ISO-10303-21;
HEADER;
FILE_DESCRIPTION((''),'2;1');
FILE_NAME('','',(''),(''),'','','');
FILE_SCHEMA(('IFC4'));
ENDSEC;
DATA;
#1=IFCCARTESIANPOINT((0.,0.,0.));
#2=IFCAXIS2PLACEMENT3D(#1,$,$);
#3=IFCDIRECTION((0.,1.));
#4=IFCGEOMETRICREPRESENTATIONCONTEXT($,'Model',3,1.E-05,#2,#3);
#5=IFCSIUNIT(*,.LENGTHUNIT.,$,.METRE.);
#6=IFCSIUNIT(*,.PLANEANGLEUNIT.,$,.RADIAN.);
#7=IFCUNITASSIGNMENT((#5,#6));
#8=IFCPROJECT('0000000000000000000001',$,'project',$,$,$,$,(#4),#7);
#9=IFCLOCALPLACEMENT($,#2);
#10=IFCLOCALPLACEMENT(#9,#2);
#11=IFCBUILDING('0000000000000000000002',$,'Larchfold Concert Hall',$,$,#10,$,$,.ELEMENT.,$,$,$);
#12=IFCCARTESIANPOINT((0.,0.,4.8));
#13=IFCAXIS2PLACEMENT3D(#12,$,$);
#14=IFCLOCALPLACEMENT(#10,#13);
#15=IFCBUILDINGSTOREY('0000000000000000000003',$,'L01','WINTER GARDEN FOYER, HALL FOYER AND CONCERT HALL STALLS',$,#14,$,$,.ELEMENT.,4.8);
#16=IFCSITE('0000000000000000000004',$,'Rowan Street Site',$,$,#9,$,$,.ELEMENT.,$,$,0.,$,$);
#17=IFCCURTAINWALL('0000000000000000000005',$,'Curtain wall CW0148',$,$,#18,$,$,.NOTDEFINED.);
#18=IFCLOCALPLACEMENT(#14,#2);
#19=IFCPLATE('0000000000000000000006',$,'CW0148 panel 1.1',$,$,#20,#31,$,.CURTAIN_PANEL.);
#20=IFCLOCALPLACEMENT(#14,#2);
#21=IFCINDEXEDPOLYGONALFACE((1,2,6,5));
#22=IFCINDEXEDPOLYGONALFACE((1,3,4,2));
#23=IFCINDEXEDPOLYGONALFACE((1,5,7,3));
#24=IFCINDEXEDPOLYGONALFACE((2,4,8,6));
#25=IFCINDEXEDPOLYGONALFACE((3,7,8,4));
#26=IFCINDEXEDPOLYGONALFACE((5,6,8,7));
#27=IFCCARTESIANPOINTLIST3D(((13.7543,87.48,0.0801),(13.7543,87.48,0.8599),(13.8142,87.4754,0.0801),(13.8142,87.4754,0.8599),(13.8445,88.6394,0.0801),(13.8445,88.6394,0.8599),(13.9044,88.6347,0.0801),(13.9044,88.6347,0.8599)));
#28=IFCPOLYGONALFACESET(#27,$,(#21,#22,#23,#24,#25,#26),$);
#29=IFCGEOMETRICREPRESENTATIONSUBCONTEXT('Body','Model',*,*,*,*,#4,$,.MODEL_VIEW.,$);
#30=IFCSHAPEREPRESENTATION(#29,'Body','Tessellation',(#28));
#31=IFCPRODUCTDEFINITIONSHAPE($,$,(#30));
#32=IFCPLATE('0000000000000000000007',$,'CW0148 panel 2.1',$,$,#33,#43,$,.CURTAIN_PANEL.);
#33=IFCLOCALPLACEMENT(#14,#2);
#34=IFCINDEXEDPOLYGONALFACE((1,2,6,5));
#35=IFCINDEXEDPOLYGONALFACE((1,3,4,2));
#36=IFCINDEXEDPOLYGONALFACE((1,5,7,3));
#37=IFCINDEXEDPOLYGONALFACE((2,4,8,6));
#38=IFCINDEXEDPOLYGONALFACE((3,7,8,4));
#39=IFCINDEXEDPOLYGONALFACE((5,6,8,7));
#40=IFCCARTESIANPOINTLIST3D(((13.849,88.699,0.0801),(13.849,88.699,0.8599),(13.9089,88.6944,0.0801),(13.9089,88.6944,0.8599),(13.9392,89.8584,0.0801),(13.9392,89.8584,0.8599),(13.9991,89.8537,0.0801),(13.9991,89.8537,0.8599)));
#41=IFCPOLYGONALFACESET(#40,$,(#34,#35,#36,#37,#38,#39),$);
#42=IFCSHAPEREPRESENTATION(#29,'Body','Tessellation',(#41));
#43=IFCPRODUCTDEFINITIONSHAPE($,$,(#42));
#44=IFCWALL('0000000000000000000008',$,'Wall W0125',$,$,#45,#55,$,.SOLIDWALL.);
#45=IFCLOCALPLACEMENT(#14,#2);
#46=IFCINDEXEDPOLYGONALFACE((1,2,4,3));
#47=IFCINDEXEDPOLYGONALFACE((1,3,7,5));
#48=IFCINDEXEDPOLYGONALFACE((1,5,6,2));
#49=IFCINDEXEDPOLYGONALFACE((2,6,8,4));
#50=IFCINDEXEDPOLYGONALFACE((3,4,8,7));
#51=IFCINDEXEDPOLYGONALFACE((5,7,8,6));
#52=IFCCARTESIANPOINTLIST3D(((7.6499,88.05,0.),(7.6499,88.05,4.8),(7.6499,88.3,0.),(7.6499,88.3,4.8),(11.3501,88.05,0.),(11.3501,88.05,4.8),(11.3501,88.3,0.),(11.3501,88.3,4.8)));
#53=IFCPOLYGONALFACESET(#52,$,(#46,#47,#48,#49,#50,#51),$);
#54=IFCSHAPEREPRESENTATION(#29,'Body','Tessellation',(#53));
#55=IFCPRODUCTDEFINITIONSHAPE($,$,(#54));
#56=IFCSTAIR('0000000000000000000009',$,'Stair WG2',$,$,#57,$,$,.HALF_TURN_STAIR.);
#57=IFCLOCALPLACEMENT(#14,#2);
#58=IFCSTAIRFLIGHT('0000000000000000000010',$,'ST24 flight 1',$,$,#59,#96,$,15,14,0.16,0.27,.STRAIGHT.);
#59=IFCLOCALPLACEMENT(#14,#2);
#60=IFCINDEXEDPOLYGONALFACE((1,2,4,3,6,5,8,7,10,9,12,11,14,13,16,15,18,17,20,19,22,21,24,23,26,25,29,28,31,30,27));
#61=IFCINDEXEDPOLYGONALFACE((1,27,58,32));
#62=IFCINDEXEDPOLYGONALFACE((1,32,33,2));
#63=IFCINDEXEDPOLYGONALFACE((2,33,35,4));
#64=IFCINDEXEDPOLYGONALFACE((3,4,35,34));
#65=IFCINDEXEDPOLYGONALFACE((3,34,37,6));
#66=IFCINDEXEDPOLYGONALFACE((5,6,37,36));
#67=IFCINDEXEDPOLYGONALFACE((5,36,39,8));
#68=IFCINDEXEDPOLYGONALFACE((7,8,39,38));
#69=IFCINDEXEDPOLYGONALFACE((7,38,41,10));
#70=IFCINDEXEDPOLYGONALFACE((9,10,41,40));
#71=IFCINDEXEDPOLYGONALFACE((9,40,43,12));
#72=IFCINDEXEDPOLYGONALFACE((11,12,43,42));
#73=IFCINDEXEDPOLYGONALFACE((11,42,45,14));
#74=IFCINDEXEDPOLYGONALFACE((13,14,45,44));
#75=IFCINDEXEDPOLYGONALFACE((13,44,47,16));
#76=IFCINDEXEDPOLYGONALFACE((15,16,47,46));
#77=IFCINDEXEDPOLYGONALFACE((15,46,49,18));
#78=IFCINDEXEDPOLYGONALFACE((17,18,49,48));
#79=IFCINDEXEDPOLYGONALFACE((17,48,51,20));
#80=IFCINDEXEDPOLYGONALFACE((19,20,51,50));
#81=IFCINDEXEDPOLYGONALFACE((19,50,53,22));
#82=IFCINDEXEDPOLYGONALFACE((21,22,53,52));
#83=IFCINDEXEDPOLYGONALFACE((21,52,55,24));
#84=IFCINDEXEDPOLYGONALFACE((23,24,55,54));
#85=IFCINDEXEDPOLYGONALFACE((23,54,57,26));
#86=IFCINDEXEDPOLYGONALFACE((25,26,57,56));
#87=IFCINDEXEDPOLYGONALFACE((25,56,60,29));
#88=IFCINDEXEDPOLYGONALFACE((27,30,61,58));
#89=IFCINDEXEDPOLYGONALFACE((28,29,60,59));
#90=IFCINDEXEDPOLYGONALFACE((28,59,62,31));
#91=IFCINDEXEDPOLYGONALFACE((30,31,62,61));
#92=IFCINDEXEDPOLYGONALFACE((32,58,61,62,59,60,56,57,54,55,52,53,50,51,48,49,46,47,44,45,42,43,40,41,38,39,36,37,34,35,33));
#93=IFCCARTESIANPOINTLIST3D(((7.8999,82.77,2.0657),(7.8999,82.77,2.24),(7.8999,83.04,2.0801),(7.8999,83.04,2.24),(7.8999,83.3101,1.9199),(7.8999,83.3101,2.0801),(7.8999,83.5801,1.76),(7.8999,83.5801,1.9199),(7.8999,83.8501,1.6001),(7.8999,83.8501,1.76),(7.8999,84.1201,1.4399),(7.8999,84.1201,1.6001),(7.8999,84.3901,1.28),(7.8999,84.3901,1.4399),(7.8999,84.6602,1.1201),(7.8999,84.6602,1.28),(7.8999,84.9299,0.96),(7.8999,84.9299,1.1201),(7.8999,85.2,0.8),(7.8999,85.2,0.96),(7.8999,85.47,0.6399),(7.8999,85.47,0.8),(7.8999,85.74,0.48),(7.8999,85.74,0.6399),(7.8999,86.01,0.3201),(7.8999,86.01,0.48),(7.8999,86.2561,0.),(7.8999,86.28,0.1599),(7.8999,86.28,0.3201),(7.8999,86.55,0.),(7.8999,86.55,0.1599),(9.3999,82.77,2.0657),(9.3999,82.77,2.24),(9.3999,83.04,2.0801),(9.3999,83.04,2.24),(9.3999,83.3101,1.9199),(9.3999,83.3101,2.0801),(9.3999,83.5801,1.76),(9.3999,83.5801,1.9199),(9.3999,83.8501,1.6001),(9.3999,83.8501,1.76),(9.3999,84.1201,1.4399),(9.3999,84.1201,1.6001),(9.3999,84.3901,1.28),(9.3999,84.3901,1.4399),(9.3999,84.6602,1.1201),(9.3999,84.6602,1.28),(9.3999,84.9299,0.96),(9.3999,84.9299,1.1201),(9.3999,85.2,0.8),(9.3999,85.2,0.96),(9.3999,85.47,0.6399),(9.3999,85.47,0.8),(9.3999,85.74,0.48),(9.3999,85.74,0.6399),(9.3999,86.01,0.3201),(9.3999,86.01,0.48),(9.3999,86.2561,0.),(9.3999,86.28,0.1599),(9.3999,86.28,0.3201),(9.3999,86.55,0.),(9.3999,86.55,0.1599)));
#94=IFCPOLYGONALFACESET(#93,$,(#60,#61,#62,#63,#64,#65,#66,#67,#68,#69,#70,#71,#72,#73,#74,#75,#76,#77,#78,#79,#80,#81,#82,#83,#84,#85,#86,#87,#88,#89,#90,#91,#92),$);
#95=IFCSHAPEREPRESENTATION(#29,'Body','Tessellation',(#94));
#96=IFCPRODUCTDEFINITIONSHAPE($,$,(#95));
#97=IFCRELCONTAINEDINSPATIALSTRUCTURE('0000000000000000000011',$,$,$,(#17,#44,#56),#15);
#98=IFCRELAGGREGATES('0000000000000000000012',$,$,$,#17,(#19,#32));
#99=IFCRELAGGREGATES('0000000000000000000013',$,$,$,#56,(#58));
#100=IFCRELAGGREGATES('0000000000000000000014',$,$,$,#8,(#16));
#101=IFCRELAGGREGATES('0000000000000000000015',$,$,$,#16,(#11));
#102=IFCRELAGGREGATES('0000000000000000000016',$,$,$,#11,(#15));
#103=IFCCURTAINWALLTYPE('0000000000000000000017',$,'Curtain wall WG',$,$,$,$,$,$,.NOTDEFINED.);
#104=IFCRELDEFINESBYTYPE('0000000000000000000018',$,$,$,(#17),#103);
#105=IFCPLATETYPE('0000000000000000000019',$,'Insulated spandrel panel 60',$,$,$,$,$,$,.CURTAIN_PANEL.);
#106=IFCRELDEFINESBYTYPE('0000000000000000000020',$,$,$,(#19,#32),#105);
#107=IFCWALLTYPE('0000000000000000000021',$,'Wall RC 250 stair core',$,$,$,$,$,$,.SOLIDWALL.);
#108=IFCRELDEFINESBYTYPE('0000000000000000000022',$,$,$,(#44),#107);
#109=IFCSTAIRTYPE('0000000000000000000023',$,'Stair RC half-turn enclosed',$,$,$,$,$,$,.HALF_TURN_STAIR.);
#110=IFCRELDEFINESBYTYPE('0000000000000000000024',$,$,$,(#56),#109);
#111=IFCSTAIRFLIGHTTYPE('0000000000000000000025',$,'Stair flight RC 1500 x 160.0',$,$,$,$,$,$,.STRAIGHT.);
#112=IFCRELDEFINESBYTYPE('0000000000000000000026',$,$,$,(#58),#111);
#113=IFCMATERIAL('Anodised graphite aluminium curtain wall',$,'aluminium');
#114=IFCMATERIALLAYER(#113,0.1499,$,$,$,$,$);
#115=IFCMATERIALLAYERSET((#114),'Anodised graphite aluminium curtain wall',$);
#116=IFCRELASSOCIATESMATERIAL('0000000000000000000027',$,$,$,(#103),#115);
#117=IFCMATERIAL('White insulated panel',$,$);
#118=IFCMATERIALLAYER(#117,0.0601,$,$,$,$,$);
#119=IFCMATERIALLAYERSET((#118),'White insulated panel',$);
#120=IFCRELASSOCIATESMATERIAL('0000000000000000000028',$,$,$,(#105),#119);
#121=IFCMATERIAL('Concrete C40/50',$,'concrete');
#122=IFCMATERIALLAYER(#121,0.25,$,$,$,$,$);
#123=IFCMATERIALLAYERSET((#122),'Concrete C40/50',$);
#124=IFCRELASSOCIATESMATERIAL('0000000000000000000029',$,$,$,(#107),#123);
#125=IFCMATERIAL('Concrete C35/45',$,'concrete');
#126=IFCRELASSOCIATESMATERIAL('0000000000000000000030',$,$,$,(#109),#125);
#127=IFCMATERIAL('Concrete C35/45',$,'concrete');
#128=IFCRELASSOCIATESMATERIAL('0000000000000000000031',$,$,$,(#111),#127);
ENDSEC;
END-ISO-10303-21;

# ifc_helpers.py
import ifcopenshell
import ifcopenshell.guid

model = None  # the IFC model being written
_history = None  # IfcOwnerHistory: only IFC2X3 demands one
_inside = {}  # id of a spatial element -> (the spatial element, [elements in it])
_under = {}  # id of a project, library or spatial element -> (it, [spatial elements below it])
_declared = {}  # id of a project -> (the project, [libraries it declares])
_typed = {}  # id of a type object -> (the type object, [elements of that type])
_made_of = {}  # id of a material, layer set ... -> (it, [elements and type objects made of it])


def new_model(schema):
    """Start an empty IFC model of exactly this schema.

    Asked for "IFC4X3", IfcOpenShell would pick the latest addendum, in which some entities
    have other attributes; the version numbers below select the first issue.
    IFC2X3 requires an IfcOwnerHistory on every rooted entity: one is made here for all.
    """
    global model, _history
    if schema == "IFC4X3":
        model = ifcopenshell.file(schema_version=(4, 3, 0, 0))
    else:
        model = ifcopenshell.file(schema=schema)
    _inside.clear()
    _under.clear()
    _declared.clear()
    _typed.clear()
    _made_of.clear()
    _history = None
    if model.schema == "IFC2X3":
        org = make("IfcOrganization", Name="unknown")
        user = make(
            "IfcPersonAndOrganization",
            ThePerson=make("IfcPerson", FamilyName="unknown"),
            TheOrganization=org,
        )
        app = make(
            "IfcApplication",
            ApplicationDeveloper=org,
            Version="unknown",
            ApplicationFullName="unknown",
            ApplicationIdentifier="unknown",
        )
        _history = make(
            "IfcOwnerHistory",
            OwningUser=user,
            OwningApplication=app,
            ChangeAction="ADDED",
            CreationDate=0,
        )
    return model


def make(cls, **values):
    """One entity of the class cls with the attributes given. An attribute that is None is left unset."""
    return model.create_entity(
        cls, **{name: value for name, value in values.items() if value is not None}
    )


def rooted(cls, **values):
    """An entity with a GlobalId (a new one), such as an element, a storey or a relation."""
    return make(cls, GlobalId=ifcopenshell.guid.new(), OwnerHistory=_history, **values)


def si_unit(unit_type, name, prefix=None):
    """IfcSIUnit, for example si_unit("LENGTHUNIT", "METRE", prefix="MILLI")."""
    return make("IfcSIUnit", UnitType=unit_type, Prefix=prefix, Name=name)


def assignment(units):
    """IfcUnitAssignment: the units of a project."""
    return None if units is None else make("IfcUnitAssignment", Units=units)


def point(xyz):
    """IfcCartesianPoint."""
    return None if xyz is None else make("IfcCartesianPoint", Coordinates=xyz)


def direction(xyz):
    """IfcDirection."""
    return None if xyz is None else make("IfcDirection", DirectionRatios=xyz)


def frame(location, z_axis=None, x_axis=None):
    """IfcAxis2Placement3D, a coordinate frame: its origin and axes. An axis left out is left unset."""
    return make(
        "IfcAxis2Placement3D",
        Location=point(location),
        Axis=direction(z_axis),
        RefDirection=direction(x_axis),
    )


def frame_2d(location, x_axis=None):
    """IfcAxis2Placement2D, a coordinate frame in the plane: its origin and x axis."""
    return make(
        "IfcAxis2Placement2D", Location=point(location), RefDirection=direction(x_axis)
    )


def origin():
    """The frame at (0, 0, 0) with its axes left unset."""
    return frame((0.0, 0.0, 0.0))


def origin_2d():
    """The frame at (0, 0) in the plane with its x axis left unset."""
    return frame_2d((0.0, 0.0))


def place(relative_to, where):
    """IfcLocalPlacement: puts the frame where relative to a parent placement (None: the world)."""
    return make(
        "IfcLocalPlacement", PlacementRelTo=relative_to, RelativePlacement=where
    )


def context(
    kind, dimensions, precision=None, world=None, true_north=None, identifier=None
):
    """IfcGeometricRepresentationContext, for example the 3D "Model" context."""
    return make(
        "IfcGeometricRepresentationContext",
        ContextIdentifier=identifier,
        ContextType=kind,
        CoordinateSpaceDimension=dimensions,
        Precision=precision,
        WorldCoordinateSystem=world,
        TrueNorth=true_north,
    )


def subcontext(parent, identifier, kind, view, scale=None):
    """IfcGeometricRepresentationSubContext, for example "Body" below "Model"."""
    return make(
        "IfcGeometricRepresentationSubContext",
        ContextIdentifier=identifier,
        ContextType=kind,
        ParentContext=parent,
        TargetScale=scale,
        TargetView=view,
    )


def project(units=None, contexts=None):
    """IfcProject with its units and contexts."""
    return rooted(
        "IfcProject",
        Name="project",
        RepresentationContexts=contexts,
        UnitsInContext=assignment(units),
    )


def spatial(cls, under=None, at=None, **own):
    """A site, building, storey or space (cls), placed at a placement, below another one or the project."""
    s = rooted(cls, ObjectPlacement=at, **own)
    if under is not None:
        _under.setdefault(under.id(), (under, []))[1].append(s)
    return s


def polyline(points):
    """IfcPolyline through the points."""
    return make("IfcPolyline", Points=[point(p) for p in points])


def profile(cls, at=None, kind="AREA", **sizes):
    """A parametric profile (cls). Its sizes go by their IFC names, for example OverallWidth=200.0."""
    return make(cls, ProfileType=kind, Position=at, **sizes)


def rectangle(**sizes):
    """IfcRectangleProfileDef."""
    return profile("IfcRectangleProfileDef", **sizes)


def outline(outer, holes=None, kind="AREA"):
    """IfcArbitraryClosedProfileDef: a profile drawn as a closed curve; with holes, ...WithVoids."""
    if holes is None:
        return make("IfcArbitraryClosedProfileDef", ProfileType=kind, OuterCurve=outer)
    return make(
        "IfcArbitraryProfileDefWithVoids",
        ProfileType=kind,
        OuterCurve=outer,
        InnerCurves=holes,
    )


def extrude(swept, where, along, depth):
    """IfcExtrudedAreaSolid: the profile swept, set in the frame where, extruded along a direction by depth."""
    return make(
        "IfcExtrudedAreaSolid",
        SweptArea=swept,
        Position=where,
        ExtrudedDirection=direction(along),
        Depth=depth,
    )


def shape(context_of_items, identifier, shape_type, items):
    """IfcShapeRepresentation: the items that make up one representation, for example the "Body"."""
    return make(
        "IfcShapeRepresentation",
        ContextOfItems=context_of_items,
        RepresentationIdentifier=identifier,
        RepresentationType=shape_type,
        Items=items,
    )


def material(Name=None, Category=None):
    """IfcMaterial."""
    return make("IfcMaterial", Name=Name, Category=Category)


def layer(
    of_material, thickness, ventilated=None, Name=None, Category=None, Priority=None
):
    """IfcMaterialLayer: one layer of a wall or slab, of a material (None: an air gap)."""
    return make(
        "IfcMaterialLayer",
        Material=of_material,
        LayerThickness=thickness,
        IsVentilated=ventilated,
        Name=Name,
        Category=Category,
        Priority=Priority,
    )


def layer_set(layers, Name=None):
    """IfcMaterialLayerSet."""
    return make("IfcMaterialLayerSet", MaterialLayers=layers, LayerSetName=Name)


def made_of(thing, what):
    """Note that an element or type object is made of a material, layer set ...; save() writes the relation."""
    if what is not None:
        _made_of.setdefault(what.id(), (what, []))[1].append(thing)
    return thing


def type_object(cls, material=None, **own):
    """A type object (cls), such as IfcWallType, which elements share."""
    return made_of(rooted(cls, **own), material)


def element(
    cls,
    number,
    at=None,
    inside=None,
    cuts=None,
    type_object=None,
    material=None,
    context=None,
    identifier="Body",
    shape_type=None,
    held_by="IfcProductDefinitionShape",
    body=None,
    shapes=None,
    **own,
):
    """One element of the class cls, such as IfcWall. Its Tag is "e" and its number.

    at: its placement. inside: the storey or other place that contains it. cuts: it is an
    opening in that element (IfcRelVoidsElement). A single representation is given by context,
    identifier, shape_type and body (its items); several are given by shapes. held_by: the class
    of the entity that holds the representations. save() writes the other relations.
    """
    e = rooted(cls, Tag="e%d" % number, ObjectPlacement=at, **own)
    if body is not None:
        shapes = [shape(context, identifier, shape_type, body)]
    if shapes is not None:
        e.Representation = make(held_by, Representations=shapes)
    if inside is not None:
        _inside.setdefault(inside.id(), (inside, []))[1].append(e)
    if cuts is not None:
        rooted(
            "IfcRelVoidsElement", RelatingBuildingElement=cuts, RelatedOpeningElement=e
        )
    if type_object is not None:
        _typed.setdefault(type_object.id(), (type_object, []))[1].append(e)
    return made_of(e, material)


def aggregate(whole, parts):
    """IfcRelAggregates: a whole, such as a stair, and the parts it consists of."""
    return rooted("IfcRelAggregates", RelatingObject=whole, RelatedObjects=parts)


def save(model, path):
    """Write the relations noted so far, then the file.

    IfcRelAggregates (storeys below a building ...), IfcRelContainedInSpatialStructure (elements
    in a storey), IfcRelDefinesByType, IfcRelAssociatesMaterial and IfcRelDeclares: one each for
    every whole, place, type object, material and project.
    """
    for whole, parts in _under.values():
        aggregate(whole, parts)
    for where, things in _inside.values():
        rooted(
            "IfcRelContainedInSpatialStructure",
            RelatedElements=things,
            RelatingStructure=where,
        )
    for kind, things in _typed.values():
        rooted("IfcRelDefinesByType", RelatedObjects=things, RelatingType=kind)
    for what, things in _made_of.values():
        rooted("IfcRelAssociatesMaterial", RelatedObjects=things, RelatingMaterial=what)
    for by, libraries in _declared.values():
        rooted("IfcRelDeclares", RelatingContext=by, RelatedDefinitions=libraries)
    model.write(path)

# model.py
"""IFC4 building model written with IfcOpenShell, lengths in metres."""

from ifc_helpers import new_model, si_unit, direction, frame, frame_2d, origin, origin_2d, place, context, subcontext, project, spatial, polyline, rectangle, outline, extrude, material, layer, layer_set, type_object, element, aggregate, save


model = new_model("IFC4")

# Units and contexts
model_context = context("Model", 3, precision=1e-05, world=origin(), true_north=direction((0.0, 1.0)))
body_context = subcontext(model_context, "Body", "Model", "MODEL_VIEW")
ifc_project = project(units=[si_unit("LENGTHUNIT", "METRE"), si_unit("PLANEANGLEUNIT", "RADIAN")], contexts=[model_context])

# Site, building, storey
site_placement = place(None, origin())
site = spatial("IfcSite", under=ifc_project, at=site_placement, Name="Rowan Street Site", CompositionType="ELEMENT", RefElevation=0.0)
building_placement = place(site_placement, origin())
building = spatial("IfcBuilding", under=site, at=building_placement, Name="Larchfold Concert Hall", CompositionType="ELEMENT")
storey_placement = place(building_placement, frame((0.0, 0.0, 4.8)))
storey = spatial("IfcBuildingStorey", under=building, at=storey_placement, Name="L01", Description="WINTER GARDEN FOYER, HALL FOYER AND CONCERT HALL STALLS", CompositionType="ELEMENT", Elevation=4.8)

# Shared definitions
ifc_material_1 = material(Name="Anodised graphite aluminium curtain wall", Category="aluminium")
ifc_layer_1 = layer(ifc_material_1, 0.1499)
ifc_layer_set_1 = layer_set([ifc_layer_1], Name="Anodised graphite aluminium curtain wall")
curtain_wall_type = type_object("IfcCurtainWallType", Name="Curtain wall WG", PredefinedType="NOTDEFINED", material=ifc_layer_set_1)

# Curtain wall
curtain_wall_1_placement = place(storey_placement, origin())
curtain_wall_1 = element("IfcCurtainWall", 1, at=curtain_wall_1_placement, inside=storey, type_object=curtain_wall_type, Name="Curtain wall CW0148", PredefinedType="NOTDEFINED")

# Plates
ifc_material_2 = material(Name="White insulated panel")
ifc_layer_2 = layer(ifc_material_2, 0.0601)
ifc_layer_set_2 = layer_set([ifc_layer_2], Name="White insulated panel")
plate_type_1 = type_object("IfcPlateType", Name="Insulated spandrel panel 60", PredefinedType="CURTAIN_PANEL", material=ifc_layer_set_2)
plate_1_placement = place(storey_placement, frame((13.8293, 88.0574, 0.0801), z_axis=(0.0, 0.0, 1.0), x_axis=(0.077553, 0.996988, 0.0)))
plate_1 = element("IfcPlate", 2, at=plate_1_placement, type_object=plate_type_1, Name="CW0148 panel 1.1", PredefinedType="CURTAIN_PANEL", context=body_context, shape_type="SweptSolid", body=[
    extrude(rectangle(XDim=1.1628, YDim=0.0601, at=origin_2d()), origin(), (0.0, 0.0, 1.0), 0.7798),
])
plate_2_placement = place(storey_placement, frame((13.9241, 89.2764, 0.0801), z_axis=(0.0, 0.0, 1.0), x_axis=(0.077553, 0.996988, 0.0)))
plate_2 = element("IfcPlate", 3, at=plate_2_placement, type_object=plate_type_1, Name="CW0148 panel 2.1", PredefinedType="CURTAIN_PANEL", context=body_context, shape_type="SweptSolid", body=[
    extrude(rectangle(XDim=1.1628, YDim=0.0601, at=origin_2d()), origin(), (0.0, 0.0, 1.0), 0.7798),
])
aggregate(curtain_wall_1, [plate_1, plate_2])

# Wall
ifc_material_3 = material(Name="Concrete C40/50", Category="concrete")
ifc_layer_3 = layer(ifc_material_3, 0.25)
ifc_layer_set_3 = layer_set([ifc_layer_3], Name="Concrete C40/50")
wall_type = type_object("IfcWallType", Name="Wall RC 250 stair core", PredefinedType="SOLIDWALL", material=ifc_layer_set_3)
wall_placement = place(storey_placement, frame((7.6499, 88.175, 0.0), z_axis=(0.0, 0.0, 1.0), x_axis=(1.0, 0.0, 0.0)))
element("IfcWall", 4, at=wall_placement, inside=storey, type_object=wall_type, Name="Wall W0125", PredefinedType="SOLIDWALL", context=body_context, shape_type="SweptSolid", body=[
    extrude(rectangle(XDim=3.7002, YDim=0.25, at=frame_2d((1.8501, 0.0))), origin(), (0.0, 0.0, 1.0), 4.8),
])

# Stair, stair flight
ifc_material_4 = material(Name="Concrete C35/45", Category="concrete")
stair_type = type_object("IfcStairType", Name="Stair RC half-turn enclosed", PredefinedType="HALF_TURN_STAIR", material=ifc_material_4)
stair_placement = place(storey_placement, origin())
stair = element("IfcStair", 5, at=stair_placement, inside=storey, type_object=stair_type, Name="Stair WG2", PredefinedType="HALF_TURN_STAIR")
ifc_material_5 = material(Name="Concrete C35/45", Category="concrete")
stair_flight_type = type_object("IfcStairFlightType", Name="Stair flight RC 1500 x 160.0", PredefinedType="STRAIGHT", material=ifc_material_5)
stair_flight_placement = place(storey_placement, frame((8.6499, 86.55, 0.0), z_axis=(0.0, 0.0, 1.0), x_axis=(0.0, -1.0, 0.0)))
stair_flight = element("IfcStairFlight", 6, at=stair_flight_placement, type_object=stair_flight_type, Name="ST24 flight 1", NumberOfRisers=15, NumberOfTreads=14, PredefinedType="STRAIGHT", RiserHeight=0.16, TreadLength=0.27, context=body_context, shape_type="SweptSolid", body=[
    extrude(outline(polyline([(0.0, 0.0), (0.0, 0.1599), (0.27, 0.1599), (0.27, 0.3201), (0.54, 0.3201), (0.54, 0.48), (0.8101, 0.48), (0.8101, 0.6399), (1.0801, 0.6399), (1.0801, 0.8), (1.3501, 0.8), (1.3501, 0.96), (1.6201, 0.96), (1.6201, 1.1201), (1.8899, 1.1201), (1.8899, 1.28), (2.1599, 1.28), (2.1599, 1.4399), (2.4299, 1.4399), (2.4299, 1.6001), (2.7, 1.6001), (2.7, 1.76), (2.97, 1.76), (2.97, 1.9199), (3.24, 1.9199), (3.24, 2.0801), (3.51, 2.0801), (3.51, 2.24), (3.78, 2.24), (3.78, 2.3999), (3.78, 2.0657), (0.2939, 0.0), (0.0, 0.0)])), frame((0.0, 0.75, 0.0), z_axis=(0.0, -1.0, 0.0), x_axis=(1.0, 0.0, 0.0)), (0.0, 0.0, 1.0), 1.5),
])
aggregate(stair, [stair_flight])

save(model, "model.ifc")
